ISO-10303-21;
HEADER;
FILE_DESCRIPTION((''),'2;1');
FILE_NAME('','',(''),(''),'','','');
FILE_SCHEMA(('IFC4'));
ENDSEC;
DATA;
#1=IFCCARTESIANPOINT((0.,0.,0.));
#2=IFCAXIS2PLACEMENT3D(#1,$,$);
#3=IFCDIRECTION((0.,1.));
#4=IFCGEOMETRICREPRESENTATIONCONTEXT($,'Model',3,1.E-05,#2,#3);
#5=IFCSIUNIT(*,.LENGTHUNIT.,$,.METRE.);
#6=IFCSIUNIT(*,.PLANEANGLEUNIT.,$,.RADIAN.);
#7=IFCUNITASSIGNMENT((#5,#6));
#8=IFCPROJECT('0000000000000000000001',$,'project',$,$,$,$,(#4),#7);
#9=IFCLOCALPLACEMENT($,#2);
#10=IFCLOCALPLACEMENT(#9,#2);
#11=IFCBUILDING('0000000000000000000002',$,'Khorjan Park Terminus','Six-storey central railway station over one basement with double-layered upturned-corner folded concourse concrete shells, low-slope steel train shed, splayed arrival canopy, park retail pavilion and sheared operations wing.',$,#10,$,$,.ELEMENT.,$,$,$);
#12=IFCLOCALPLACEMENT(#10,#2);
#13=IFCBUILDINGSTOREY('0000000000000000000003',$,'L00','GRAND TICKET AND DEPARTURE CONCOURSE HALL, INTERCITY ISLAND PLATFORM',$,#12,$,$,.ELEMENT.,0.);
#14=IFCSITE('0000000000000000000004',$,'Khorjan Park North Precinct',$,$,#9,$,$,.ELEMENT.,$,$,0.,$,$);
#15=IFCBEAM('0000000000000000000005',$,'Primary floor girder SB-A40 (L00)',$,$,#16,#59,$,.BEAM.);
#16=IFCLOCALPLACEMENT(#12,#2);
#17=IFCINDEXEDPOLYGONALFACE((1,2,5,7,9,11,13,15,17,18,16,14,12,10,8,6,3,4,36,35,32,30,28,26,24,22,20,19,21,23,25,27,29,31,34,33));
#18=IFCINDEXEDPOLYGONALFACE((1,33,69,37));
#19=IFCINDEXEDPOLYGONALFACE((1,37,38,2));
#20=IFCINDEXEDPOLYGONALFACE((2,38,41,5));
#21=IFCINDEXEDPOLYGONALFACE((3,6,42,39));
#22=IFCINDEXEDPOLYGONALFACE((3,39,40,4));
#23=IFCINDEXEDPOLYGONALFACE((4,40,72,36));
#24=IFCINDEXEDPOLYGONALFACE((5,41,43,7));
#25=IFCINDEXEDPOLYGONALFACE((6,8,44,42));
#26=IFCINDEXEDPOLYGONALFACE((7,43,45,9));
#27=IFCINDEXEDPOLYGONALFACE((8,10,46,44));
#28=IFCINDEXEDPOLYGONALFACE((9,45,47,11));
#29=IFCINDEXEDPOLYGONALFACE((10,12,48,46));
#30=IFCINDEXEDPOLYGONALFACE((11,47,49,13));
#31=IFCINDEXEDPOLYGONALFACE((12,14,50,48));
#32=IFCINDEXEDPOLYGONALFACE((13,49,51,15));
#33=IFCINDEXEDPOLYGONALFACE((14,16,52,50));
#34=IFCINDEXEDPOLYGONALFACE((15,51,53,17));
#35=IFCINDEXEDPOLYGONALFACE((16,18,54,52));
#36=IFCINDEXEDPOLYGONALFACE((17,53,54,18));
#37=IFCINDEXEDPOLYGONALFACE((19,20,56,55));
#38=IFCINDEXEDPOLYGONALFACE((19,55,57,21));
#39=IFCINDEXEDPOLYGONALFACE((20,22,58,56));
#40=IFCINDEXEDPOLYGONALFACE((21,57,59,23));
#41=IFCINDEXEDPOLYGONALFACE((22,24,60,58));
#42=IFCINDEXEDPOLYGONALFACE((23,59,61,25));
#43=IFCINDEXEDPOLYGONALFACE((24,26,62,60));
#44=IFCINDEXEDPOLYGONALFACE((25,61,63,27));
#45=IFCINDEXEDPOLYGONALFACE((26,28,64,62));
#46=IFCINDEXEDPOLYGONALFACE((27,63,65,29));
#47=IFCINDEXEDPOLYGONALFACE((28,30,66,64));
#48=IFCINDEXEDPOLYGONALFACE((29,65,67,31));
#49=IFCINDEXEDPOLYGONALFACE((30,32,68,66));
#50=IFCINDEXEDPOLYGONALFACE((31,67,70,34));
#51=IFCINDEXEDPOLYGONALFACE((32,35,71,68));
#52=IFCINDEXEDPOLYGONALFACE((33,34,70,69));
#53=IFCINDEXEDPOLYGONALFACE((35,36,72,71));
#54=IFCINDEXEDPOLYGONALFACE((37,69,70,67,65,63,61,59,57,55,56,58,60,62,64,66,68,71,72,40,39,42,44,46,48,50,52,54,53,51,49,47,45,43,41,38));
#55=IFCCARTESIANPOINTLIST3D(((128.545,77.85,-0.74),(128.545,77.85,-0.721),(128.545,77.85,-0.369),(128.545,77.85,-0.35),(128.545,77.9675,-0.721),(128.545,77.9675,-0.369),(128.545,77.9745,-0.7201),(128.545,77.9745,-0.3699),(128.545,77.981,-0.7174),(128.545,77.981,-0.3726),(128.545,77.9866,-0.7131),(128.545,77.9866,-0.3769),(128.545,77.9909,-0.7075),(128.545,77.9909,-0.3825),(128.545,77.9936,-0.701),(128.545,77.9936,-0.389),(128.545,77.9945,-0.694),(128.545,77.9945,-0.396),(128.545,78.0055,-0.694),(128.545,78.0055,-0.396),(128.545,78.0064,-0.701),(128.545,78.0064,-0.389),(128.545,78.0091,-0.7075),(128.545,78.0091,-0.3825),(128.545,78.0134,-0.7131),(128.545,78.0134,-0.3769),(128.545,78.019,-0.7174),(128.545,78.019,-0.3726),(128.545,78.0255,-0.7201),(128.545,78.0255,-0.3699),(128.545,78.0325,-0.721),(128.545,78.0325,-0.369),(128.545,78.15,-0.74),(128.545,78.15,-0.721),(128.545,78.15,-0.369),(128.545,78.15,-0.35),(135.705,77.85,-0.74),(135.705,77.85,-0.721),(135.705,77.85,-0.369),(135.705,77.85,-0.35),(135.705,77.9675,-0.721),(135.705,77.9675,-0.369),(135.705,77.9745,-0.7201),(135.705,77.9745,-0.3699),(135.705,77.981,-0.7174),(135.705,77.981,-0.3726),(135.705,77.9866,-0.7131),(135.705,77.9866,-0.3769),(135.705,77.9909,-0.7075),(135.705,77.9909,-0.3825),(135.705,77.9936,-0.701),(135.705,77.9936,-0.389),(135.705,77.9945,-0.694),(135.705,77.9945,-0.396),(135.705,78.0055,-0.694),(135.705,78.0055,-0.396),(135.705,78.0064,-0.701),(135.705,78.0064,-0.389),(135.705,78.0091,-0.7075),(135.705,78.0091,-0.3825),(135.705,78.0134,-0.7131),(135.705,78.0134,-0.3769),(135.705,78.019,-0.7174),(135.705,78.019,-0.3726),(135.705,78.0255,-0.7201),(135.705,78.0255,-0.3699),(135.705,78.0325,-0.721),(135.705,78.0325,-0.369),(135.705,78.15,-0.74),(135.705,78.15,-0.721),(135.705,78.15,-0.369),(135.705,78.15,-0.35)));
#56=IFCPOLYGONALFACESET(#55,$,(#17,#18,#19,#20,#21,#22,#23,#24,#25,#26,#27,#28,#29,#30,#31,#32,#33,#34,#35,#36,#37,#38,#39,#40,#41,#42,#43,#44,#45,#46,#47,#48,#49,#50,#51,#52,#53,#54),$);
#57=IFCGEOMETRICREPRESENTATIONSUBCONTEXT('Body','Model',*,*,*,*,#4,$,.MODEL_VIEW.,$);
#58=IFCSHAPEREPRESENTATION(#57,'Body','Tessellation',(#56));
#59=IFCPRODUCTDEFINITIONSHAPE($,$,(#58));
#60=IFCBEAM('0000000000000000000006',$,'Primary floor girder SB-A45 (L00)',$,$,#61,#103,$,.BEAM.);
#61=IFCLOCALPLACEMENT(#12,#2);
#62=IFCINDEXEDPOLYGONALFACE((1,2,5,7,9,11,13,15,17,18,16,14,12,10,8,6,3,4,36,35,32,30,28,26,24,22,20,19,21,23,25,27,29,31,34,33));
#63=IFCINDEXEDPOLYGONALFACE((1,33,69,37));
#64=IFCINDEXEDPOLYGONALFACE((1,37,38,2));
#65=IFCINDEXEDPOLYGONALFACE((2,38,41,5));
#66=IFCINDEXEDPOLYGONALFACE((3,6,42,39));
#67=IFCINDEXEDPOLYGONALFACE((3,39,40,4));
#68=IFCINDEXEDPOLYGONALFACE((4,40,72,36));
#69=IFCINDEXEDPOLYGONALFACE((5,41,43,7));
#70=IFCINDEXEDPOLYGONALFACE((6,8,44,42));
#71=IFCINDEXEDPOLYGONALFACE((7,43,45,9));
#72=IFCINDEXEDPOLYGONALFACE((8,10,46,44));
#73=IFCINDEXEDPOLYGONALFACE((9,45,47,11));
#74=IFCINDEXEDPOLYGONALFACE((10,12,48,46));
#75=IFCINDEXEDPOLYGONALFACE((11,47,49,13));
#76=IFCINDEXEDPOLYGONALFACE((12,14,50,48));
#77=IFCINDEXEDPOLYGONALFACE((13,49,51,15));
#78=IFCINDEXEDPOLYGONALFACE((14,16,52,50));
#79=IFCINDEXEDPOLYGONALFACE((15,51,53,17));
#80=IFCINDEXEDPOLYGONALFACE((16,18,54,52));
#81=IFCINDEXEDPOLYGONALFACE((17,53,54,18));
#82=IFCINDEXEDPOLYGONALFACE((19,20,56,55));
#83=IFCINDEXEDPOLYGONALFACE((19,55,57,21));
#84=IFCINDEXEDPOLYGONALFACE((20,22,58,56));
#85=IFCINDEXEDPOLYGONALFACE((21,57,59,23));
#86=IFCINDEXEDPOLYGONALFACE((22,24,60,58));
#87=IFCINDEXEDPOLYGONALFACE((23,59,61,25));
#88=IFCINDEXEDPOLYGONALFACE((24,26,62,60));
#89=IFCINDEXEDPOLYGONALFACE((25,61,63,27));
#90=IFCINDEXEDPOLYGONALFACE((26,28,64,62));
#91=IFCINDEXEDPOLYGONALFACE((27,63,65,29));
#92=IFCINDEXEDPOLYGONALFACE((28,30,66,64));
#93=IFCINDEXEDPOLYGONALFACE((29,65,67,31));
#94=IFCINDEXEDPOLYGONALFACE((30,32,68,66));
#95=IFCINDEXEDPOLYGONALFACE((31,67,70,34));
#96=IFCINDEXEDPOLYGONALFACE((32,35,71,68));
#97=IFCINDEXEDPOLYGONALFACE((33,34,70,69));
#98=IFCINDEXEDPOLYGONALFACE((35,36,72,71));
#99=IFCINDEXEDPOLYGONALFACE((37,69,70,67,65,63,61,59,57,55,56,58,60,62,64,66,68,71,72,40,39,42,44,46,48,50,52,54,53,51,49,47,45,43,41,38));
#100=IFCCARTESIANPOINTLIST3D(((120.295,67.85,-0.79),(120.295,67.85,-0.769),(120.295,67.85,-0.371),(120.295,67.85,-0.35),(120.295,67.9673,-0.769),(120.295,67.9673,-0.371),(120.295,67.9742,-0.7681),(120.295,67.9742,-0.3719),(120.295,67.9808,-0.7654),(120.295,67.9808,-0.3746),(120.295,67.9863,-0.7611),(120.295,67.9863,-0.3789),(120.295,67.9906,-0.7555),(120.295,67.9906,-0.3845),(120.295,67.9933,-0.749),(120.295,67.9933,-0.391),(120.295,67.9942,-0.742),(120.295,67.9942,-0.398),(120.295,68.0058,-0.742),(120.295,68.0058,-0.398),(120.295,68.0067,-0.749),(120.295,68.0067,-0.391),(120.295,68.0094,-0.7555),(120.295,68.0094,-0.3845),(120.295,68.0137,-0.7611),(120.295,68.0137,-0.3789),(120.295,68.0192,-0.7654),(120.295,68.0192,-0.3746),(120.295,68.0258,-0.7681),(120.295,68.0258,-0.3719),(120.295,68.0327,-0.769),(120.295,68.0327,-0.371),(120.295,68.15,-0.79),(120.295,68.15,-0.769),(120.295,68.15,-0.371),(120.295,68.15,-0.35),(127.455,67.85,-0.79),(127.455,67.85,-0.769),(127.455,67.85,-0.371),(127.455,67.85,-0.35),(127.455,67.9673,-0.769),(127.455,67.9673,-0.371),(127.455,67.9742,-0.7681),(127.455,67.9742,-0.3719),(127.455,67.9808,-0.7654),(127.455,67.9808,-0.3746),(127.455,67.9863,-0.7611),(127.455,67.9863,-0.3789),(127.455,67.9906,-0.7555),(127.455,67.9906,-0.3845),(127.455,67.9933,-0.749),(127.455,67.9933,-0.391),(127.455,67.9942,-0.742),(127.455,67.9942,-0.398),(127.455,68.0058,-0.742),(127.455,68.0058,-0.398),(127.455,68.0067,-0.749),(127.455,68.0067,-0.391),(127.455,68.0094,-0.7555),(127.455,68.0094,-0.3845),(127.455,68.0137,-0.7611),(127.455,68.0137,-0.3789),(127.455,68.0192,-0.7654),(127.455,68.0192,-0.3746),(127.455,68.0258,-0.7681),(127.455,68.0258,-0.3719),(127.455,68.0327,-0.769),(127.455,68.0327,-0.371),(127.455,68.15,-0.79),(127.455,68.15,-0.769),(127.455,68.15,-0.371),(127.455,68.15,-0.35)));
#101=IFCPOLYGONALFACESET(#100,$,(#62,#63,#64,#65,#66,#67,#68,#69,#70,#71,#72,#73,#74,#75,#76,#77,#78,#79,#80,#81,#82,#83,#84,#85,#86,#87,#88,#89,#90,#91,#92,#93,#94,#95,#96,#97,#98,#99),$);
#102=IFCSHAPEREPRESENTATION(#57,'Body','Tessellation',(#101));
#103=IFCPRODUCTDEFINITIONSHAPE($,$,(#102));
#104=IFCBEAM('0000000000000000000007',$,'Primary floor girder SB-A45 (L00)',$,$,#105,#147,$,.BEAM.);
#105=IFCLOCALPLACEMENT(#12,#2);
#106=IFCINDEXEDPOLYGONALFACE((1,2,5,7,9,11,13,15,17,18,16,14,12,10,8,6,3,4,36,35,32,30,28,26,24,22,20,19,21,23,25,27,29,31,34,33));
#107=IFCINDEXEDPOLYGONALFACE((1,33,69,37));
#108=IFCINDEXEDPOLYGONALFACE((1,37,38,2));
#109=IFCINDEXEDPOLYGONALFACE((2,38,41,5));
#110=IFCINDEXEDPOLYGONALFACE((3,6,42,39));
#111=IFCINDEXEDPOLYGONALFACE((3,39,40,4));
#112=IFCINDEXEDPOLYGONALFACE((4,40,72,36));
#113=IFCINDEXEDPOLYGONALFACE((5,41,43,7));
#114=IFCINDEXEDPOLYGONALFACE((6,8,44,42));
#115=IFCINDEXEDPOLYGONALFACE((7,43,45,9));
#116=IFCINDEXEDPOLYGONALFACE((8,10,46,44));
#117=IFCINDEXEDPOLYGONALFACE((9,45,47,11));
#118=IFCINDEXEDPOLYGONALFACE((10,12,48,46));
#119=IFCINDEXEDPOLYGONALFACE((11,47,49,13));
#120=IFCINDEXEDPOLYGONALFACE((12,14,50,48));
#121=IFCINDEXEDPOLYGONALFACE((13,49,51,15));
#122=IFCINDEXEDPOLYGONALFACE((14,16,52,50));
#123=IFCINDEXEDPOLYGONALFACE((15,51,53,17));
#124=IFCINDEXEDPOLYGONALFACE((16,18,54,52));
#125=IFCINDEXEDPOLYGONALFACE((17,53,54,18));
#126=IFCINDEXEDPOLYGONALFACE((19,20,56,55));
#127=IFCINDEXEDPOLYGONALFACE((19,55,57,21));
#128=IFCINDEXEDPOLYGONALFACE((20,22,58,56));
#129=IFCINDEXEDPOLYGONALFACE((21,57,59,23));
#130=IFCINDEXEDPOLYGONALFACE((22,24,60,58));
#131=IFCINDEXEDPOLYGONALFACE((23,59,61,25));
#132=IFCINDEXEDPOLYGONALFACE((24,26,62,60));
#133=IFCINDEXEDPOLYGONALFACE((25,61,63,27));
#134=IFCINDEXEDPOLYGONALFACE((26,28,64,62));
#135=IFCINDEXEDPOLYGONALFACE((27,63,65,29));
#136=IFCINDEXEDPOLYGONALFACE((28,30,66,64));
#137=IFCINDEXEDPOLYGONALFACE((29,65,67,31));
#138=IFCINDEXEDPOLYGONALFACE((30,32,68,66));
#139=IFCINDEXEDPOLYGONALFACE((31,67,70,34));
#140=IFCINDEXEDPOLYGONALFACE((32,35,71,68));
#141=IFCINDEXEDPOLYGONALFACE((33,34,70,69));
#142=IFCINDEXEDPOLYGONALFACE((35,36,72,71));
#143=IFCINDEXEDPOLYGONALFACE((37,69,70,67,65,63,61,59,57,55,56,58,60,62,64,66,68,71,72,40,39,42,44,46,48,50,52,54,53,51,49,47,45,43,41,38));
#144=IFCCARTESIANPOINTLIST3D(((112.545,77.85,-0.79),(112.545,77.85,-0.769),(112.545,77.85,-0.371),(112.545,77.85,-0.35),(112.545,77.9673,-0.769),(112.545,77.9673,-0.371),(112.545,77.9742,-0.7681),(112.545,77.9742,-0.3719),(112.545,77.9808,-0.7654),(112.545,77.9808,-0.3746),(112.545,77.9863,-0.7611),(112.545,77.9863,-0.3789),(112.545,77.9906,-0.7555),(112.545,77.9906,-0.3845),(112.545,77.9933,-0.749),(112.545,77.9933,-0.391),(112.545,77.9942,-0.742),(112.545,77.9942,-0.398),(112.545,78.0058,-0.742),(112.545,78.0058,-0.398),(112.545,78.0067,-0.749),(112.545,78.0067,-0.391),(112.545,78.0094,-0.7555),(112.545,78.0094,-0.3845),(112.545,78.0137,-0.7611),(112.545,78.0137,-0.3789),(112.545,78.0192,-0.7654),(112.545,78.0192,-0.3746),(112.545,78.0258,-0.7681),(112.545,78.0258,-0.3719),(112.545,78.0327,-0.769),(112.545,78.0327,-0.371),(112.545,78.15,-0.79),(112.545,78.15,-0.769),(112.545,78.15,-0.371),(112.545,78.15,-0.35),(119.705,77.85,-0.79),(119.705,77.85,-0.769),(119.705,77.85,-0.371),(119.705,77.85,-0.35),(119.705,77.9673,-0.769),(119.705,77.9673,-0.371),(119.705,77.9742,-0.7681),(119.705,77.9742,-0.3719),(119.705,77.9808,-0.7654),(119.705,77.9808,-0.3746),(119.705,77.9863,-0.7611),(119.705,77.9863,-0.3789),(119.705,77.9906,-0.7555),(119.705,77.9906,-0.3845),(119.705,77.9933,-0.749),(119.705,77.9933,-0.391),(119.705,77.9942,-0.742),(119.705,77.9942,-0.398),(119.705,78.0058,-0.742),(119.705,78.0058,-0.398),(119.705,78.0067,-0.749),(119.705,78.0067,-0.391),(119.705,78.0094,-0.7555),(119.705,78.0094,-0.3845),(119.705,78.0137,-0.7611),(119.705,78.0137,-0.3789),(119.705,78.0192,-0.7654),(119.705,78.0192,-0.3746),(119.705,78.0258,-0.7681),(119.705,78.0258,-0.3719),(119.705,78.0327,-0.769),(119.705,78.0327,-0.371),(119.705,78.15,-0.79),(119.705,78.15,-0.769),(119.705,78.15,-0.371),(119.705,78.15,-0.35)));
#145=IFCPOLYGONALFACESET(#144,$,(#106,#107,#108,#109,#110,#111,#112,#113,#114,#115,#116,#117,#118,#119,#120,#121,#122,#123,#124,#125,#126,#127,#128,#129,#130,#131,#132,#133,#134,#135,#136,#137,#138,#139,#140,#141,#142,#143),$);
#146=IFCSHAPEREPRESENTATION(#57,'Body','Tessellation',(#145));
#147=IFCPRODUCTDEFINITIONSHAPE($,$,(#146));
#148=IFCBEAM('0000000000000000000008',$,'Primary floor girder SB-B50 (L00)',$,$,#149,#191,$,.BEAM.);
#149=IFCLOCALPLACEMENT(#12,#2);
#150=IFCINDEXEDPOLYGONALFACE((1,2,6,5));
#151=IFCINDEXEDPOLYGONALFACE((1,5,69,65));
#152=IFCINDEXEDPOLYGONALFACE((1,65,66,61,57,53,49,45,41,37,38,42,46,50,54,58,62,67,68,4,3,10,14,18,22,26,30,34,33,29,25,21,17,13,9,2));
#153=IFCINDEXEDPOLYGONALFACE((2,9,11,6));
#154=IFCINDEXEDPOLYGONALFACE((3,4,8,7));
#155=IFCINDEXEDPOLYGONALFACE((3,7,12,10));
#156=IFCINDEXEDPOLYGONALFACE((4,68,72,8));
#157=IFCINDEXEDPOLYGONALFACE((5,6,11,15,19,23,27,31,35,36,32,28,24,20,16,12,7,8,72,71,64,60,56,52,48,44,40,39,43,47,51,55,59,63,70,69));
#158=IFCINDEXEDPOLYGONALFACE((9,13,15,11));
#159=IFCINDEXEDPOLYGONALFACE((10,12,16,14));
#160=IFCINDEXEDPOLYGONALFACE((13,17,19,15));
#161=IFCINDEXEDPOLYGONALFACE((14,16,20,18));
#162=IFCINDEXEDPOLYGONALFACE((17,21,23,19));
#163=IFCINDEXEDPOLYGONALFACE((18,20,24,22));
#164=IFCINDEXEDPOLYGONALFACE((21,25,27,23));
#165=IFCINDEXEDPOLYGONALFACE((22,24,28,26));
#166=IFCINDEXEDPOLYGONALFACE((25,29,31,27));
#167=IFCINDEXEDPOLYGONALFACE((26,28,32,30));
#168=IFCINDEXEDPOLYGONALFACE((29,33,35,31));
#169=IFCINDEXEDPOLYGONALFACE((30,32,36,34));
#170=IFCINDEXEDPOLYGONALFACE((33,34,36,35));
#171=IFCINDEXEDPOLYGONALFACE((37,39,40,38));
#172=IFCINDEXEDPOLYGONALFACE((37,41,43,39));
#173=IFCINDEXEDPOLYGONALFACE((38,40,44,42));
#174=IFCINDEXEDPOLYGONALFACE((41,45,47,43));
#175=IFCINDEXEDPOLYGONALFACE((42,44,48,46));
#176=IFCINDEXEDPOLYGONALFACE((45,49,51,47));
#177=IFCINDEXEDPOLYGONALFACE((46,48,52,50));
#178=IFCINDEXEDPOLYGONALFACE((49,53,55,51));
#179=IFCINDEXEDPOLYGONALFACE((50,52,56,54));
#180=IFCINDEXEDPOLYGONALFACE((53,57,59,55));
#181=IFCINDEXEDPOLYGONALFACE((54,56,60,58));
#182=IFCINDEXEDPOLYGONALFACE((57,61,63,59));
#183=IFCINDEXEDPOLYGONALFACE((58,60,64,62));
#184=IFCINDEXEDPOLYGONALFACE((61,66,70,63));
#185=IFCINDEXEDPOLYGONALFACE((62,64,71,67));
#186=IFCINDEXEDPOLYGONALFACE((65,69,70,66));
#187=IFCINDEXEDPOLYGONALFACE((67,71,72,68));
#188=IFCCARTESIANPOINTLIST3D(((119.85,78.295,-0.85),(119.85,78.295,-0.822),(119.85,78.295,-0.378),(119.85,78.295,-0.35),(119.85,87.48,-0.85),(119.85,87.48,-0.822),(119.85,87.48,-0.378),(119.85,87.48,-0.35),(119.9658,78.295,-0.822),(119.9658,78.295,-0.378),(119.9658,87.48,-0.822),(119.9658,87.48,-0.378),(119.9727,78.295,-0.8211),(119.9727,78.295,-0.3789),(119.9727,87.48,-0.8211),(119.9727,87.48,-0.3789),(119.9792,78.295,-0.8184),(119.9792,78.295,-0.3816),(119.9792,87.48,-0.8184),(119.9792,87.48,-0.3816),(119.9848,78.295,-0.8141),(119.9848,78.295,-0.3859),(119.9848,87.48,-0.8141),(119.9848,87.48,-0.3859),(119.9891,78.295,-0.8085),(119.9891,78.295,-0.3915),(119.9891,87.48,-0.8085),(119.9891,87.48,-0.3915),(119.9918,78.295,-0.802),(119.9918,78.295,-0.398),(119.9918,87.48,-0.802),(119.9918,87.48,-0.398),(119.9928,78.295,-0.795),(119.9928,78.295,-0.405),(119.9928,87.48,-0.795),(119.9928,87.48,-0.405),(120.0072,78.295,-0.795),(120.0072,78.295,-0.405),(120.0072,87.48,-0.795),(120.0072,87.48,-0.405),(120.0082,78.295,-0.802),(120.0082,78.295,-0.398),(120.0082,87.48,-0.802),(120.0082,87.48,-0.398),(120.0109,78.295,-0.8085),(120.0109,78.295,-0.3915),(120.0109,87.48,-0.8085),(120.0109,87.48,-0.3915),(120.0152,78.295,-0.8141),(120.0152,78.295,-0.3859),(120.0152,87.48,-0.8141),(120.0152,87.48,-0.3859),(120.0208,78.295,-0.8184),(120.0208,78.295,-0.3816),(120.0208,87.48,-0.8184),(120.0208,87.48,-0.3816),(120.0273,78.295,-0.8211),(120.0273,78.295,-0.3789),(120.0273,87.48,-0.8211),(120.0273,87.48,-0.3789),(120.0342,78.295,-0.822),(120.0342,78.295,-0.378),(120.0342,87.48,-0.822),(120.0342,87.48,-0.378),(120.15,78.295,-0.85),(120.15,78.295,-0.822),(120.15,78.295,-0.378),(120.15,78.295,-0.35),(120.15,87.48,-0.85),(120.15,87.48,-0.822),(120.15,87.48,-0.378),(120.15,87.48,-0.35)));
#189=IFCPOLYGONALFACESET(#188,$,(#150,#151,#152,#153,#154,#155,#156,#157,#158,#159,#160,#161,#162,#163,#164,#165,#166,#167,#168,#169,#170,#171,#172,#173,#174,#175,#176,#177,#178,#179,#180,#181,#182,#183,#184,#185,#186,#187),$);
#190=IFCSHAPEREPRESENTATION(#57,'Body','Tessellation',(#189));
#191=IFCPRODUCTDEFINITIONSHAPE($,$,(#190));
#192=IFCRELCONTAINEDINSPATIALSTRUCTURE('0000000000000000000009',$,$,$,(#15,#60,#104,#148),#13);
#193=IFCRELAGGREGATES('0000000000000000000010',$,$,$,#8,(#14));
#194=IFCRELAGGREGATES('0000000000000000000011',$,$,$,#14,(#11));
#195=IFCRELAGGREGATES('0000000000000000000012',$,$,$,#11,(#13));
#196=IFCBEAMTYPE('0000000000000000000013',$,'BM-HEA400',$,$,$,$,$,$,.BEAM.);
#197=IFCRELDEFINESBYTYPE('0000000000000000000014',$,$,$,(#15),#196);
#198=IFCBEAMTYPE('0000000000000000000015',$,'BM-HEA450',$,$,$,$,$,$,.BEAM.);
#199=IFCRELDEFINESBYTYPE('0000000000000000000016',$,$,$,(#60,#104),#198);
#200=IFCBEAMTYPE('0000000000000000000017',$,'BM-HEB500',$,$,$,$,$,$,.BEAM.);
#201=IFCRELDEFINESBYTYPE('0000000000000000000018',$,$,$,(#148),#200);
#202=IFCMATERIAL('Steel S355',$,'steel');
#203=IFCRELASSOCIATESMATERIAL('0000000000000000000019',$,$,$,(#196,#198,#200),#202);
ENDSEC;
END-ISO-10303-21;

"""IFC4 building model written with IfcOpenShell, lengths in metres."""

from ifc_helpers import new_model, si_unit, direction, frame, origin, origin_2d, place, context, subcontext, project, spatial, i_section, extrude, material, material_profile, profile_set, type_object, element, save


model = new_model("IFC4")

# Units and contexts
model_context = context("Model", 3, precision=1e-05, world=origin(), true_north=direction((0.0, 1.0)))
body_context = subcontext(model_context, "Body", "Model", "MODEL_VIEW")
ifc_project = project(units=[si_unit("LENGTHUNIT", "METRE"), si_unit("PLANEANGLEUNIT", "RADIAN")], contexts=[model_context])

# Site, building, storey
site_placement = place(None, origin())
site = spatial("IfcSite", under=ifc_project, at=site_placement, Name="Khorjan Park North Precinct", CompositionType="ELEMENT", RefElevation=0.0)
building_placement = place(site_placement, origin())
building = spatial("IfcBuilding", under=site, at=building_placement, Name="Khorjan Park Terminus", Description="Six-storey central railway station over one basement with double-layered upturned-corner folded concourse concrete shells, low-slope steel train shed, splayed arrival canopy, park retail pavilion and sheared operations wing.", CompositionType="ELEMENT")
storey_placement = place(building_placement, origin())
storey = spatial("IfcBuildingStorey", under=building, at=storey_placement, Name="L00", Description="GRAND TICKET AND DEPARTURE CONCOURSE HALL, INTERCITY ISLAND PLATFORM", CompositionType="ELEMENT", Elevation=0.0)

# Beams
ifc_material_1 = material(Name="Steel S355", Category="steel")
ifc_material_profile_1 = material_profile(ifc_material_1, i_section(OverallWidth=0.3, OverallDepth=0.39, WebThickness=0.011, FlangeThickness=0.019, FilletRadius=0.027, at=origin_2d()), Name="HEA 400")
ifc_profile_set_1 = profile_set([ifc_material_profile_1], Name="Steel S355")
beam_type_1 = type_object("IfcBeamType", Name="BM-HEA400", PredefinedType="BEAM", material=ifc_profile_set_1)
beam_1_placement = place(storey_placement, frame((128.545, 78.0, -0.545), z_axis=(1.0, 0.0, 0.0), x_axis=(0.0, 1.0, 0.0)))
element("IfcBeam", 1, at=beam_1_placement, inside=storey, type_object=beam_type_1, Name="Primary floor girder SB-A40 (L00)", PredefinedType="BEAM", context=body_context, shape_type="SweptSolid", body=[
    extrude(i_section(OverallWidth=0.3, OverallDepth=0.39, WebThickness=0.011, FlangeThickness=0.019, FilletRadius=0.027, at=origin_2d()), origin(), (0.0, 0.0, 1.0), 7.16),
])
ifc_material_profile_2 = material_profile(ifc_material_1, i_section(OverallWidth=0.3, OverallDepth=0.44, WebThickness=0.0115, FlangeThickness=0.021, FilletRadius=0.027, at=origin_2d()), Name="HEA 450")
ifc_profile_set_2 = profile_set([ifc_material_profile_2], Name="Steel S355")
beam_type_2 = type_object("IfcBeamType", Name="BM-HEA450", PredefinedType="BEAM", material=ifc_profile_set_2)
for number, where, z_axis, x_axis, name in (
    (2, (120.295, 68.0, -0.57), (1.0, 0.0, 0.0), (0.0, 1.0, 0.0), "Primary floor girder SB-A45 (L00)"),
    (3, (112.545, 78.0, -0.57), (1.0, 0.0, 0.0), (0.0, 1.0, 0.0), "Primary floor girder SB-A45 (L00)"),
):
    element("IfcBeam", number, at=place(storey_placement, frame(where, z_axis=z_axis, x_axis=x_axis)), inside=storey, type_object=beam_type_2, Name=name, PredefinedType="BEAM", context=body_context, shape_type="SweptSolid", body=[
        extrude(i_section(OverallWidth=0.3, OverallDepth=0.44, WebThickness=0.0115, FlangeThickness=0.021, FilletRadius=0.027, at=origin_2d()), origin(), (0.0, 0.0, 1.0), 7.16),
    ])
ifc_material_profile_3 = material_profile(ifc_material_1, i_section(OverallWidth=0.3, OverallDepth=0.5, WebThickness=0.0145, FlangeThickness=0.028, FilletRadius=0.027, at=origin_2d()), Name="HEB 500")
ifc_profile_set_3 = profile_set([ifc_material_profile_3], Name="Steel S355")
beam_type_3 = type_object("IfcBeamType", Name="BM-HEB500", PredefinedType="BEAM", material=ifc_profile_set_3)
beam_2_placement = place(storey_placement, frame((120.0, 78.295, -0.6), z_axis=(0.0, 1.0, 0.0), x_axis=(-1.0, 0.0, 0.0)))
element("IfcBeam", 4, at=beam_2_placement, inside=storey, type_object=beam_type_3, Name="Primary floor girder SB-B50 (L00)", PredefinedType="BEAM", context=body_context, shape_type="SweptSolid", body=[
    extrude(i_section(OverallWidth=0.3, OverallDepth=0.5, WebThickness=0.0145, FlangeThickness=0.028, FilletRadius=0.027, at=origin_2d()), origin(), (0.0, 0.0, 1.0), 9.185),
])

save(model, "model.ifc")
